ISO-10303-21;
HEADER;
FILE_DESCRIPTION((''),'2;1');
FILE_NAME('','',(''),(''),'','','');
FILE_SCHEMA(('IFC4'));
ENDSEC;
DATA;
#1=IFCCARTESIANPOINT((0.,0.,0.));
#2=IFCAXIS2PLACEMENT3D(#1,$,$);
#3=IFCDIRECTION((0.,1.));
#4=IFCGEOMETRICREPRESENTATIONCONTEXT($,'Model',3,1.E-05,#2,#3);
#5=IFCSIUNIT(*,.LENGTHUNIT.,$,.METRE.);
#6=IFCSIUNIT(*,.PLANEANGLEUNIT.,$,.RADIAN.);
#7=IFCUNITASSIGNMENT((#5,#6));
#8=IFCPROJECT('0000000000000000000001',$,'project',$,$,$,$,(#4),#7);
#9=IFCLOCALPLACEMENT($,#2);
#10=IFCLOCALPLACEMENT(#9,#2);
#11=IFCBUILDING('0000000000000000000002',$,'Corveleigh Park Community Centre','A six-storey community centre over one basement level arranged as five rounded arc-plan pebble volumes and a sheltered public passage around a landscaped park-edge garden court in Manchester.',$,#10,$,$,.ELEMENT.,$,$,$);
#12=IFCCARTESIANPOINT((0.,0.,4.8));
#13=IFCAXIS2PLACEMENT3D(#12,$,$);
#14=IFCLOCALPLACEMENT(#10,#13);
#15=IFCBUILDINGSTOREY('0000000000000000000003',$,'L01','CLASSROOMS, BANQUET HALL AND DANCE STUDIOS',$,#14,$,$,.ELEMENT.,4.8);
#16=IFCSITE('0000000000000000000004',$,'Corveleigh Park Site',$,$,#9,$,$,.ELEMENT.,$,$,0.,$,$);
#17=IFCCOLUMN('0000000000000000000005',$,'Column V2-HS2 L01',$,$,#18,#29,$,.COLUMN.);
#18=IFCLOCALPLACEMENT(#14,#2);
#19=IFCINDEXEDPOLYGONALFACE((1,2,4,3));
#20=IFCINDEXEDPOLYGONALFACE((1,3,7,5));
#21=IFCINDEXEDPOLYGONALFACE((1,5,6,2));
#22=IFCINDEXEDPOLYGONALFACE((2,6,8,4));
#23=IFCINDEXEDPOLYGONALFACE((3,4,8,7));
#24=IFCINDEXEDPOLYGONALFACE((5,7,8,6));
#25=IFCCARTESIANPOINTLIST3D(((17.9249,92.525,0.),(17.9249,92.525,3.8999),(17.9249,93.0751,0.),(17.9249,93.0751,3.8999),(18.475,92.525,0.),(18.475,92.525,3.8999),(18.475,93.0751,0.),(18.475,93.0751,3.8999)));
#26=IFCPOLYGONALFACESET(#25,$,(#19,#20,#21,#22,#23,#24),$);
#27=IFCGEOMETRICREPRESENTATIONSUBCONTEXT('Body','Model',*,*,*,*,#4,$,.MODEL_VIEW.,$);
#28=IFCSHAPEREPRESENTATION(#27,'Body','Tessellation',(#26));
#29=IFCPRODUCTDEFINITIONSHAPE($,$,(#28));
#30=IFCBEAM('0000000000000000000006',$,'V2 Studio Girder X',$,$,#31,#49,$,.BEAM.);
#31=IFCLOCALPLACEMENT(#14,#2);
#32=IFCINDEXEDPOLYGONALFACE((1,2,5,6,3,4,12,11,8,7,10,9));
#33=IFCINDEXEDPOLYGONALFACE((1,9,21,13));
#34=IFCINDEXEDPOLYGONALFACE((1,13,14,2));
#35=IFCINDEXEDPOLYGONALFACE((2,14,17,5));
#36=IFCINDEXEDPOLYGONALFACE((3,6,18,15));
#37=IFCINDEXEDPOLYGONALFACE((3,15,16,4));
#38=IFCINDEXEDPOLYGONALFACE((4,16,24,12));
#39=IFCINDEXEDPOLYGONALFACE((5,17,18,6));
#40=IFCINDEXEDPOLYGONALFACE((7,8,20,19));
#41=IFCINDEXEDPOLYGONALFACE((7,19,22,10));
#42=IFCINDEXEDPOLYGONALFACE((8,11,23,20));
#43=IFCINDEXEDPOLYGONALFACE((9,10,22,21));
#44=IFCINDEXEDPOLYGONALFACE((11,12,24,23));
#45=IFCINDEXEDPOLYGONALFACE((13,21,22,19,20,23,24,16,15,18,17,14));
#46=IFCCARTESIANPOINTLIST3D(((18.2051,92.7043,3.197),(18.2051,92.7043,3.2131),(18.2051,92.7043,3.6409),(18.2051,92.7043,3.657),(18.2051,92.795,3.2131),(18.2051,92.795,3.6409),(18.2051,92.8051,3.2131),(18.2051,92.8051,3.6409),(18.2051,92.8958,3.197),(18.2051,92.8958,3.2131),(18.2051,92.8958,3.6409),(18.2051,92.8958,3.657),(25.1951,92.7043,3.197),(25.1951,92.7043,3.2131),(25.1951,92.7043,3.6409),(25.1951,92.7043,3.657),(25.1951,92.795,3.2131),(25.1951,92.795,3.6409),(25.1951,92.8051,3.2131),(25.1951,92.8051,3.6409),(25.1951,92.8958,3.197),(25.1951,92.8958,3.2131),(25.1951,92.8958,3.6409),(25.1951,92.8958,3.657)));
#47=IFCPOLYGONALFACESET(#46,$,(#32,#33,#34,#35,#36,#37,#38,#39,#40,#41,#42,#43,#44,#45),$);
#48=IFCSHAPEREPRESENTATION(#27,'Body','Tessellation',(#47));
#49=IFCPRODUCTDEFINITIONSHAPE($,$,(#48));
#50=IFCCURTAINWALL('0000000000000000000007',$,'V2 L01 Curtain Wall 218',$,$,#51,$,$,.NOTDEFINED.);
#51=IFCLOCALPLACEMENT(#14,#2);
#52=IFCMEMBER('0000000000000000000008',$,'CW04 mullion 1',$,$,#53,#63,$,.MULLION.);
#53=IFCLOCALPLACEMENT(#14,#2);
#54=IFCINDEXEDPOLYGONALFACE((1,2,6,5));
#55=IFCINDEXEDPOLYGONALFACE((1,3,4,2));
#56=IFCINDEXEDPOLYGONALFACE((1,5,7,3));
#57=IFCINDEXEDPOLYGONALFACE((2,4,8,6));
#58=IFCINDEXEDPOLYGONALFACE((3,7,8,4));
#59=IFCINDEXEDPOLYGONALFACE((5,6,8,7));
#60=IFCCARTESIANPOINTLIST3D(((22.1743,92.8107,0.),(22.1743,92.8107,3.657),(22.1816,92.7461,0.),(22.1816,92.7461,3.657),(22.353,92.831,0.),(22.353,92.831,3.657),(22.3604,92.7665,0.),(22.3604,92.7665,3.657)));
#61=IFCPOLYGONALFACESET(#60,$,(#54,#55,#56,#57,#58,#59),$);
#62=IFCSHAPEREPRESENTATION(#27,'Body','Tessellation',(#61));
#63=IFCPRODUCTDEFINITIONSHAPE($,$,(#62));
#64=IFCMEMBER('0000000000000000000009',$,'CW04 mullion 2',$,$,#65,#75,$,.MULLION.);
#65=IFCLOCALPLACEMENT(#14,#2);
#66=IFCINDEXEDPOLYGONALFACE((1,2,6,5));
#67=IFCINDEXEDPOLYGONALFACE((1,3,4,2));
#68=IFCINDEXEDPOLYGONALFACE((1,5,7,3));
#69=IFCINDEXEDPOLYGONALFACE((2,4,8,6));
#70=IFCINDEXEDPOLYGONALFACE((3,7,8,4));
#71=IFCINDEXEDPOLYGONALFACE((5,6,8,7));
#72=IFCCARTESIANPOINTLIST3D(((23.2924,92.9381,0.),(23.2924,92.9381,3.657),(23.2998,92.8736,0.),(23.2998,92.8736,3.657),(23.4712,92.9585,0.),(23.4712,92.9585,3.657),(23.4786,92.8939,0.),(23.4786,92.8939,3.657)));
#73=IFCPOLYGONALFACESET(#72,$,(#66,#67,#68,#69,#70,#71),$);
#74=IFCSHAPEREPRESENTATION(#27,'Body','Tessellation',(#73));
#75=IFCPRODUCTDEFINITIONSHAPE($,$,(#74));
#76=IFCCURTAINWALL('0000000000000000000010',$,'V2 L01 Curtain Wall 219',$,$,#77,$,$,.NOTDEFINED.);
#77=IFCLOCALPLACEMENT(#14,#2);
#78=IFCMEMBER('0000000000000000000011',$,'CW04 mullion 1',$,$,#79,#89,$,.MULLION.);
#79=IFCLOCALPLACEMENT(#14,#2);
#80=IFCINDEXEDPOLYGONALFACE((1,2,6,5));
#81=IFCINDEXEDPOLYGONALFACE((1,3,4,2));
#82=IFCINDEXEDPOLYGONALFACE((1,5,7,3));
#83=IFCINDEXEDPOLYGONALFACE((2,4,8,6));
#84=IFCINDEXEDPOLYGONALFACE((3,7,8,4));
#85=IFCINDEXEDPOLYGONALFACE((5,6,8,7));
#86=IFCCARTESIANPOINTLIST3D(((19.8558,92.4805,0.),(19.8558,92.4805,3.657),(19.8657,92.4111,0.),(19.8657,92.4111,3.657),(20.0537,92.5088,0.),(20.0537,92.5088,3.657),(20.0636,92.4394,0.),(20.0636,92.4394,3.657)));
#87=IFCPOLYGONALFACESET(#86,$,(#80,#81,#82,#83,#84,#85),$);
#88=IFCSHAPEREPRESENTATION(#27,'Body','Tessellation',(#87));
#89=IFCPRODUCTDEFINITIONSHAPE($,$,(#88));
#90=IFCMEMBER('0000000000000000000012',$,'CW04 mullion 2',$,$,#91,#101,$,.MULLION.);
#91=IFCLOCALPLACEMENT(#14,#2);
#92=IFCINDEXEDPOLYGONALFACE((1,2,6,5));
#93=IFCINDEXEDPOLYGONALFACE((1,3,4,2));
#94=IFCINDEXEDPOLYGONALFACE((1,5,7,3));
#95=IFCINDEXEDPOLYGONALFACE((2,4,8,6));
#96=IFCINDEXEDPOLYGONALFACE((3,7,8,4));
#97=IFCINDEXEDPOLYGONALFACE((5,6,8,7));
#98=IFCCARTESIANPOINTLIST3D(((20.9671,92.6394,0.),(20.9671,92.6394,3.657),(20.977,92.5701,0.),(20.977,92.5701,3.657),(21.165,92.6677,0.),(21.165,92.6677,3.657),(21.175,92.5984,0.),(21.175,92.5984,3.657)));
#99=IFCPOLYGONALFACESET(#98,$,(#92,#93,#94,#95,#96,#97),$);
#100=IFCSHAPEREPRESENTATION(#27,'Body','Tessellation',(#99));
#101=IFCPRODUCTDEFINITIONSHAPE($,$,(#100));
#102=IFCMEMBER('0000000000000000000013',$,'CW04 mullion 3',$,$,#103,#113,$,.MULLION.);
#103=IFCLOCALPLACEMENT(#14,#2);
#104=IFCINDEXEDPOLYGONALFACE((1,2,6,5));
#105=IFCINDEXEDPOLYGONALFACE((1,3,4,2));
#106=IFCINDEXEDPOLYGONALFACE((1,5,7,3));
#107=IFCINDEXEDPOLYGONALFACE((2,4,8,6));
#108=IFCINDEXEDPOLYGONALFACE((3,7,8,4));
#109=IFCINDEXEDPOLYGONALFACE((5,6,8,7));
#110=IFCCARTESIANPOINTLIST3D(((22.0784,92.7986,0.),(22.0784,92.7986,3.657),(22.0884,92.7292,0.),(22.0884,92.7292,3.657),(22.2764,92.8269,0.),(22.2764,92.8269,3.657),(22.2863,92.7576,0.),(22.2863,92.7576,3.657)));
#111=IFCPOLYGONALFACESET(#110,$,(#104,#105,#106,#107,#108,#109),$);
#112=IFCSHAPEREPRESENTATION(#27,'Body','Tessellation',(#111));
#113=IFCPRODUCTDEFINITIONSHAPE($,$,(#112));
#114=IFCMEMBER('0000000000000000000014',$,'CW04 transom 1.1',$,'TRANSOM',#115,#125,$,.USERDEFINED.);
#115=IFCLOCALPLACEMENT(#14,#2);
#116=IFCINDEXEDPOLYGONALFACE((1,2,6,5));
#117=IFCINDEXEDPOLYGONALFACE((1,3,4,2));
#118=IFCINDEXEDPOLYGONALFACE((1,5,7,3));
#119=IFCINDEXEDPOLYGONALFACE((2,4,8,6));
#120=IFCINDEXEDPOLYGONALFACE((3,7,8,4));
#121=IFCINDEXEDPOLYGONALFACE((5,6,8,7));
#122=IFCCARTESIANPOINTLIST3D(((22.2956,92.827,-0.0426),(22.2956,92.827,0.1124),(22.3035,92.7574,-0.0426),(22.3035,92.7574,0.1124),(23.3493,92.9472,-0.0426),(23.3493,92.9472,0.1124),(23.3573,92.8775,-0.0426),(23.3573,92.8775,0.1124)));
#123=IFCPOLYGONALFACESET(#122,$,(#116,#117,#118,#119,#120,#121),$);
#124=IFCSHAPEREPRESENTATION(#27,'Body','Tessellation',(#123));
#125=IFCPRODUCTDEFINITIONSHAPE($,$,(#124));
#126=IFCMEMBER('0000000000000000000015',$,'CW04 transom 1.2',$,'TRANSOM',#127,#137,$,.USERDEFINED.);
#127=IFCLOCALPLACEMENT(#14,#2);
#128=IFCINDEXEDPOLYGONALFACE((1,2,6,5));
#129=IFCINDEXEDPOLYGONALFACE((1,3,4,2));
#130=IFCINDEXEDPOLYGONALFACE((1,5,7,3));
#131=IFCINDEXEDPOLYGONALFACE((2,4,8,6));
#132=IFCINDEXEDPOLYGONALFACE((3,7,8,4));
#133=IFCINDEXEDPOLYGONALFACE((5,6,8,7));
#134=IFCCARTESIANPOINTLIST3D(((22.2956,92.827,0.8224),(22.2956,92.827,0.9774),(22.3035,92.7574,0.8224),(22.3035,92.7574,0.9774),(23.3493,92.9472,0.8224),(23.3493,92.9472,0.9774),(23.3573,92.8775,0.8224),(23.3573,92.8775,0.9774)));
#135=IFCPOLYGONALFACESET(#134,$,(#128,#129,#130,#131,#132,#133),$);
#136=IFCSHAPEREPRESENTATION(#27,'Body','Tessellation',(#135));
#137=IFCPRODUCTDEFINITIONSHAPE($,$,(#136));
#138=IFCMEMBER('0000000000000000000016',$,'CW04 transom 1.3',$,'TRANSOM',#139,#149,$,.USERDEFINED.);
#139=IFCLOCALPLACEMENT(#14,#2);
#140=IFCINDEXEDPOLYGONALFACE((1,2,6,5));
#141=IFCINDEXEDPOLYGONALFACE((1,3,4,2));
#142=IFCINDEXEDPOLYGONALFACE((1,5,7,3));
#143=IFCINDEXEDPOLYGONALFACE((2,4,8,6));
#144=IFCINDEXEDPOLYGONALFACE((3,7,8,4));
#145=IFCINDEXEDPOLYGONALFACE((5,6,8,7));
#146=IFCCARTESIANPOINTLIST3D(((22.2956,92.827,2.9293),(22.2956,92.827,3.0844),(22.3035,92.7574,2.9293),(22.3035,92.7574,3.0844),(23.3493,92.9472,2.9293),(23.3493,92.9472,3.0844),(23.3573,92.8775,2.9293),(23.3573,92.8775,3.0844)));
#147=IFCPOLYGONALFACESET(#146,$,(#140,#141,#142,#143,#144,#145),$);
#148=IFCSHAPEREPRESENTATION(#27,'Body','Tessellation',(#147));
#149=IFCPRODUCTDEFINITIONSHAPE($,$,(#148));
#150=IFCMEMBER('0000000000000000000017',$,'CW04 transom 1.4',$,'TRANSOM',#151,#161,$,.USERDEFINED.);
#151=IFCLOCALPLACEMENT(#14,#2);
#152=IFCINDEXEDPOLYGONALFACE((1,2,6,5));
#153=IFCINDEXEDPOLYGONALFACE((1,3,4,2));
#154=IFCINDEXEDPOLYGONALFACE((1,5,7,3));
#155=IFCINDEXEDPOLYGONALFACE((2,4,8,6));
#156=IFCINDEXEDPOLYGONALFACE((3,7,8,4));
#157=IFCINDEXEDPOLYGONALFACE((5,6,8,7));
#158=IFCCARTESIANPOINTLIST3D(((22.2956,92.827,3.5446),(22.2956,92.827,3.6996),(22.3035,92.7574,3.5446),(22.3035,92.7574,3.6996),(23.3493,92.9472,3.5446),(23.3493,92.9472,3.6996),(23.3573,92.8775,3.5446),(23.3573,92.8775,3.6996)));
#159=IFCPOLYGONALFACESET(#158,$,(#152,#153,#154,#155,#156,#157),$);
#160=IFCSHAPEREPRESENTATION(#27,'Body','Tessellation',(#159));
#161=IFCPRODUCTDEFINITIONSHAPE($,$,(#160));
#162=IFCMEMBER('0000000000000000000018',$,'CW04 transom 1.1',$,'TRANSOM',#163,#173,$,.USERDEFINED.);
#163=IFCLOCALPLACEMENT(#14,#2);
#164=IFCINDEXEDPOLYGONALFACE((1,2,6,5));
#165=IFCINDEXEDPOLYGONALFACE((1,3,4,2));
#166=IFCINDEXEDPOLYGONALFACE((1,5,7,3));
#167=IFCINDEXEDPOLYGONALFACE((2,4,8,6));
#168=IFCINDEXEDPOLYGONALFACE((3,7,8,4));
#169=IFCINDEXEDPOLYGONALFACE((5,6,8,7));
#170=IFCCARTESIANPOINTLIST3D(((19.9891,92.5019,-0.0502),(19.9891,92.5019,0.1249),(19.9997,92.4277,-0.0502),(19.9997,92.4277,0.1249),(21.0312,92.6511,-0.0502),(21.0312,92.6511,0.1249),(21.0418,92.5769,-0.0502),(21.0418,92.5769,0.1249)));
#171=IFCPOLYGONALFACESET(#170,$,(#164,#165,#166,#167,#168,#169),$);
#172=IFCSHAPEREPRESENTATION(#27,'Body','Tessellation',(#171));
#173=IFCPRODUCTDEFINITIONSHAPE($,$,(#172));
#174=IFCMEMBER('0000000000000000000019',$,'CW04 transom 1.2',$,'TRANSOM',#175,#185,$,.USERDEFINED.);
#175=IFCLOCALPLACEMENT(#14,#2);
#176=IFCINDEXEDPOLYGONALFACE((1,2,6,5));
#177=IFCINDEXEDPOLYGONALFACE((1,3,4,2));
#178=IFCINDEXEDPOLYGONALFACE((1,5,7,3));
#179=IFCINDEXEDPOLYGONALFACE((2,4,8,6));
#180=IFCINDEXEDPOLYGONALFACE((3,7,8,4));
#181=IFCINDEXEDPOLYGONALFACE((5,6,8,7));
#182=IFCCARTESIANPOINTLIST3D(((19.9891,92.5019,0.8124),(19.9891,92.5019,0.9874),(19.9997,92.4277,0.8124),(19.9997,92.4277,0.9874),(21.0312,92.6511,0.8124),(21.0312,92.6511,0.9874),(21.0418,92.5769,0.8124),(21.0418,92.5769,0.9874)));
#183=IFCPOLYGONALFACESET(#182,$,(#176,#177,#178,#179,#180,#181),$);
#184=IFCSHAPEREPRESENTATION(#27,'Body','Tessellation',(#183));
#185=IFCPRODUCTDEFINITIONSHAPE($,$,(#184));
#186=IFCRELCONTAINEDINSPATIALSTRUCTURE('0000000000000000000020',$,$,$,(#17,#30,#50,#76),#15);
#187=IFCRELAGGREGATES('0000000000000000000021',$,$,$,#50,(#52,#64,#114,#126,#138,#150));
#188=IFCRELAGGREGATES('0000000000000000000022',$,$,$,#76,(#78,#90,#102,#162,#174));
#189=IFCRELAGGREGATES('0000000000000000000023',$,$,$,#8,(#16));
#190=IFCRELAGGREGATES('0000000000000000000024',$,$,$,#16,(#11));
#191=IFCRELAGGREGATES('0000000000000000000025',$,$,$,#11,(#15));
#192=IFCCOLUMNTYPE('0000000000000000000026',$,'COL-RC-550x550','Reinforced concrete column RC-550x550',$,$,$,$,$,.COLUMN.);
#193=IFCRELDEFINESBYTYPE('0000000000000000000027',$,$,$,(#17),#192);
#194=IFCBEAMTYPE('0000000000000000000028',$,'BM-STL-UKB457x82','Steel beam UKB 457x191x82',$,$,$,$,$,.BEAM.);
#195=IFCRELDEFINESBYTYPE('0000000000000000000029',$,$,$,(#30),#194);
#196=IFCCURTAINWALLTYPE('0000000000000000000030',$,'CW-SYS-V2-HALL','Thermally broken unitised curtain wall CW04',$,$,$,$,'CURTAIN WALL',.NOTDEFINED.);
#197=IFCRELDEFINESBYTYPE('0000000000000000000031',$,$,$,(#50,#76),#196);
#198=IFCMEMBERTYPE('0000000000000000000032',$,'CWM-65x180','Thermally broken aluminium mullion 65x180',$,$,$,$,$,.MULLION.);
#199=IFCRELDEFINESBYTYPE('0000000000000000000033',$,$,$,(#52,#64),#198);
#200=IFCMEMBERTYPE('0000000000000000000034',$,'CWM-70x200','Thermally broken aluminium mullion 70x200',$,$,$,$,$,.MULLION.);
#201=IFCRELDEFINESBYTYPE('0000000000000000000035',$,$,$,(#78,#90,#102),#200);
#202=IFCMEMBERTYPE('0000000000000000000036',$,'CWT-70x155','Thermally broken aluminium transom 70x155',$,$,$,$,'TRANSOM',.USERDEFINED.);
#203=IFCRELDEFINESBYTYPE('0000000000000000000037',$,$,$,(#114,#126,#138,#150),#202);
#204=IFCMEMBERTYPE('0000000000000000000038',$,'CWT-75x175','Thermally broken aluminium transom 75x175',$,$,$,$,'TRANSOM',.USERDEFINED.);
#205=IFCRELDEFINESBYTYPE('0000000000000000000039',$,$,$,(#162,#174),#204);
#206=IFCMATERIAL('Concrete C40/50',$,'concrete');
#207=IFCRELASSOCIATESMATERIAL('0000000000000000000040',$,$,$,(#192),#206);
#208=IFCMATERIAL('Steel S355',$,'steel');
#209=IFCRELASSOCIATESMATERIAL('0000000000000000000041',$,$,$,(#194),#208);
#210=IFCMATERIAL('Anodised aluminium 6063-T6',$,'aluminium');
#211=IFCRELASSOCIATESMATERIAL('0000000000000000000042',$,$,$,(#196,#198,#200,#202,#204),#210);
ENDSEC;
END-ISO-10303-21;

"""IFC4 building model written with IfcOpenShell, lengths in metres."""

from ifc_helpers import new_model, si_unit, direction, frame, origin, origin_2d, place, context, subcontext, project, spatial, rectangle, i_section, extrude, material, material_profile, profile_set, type_object, element, aggregate, save


model = new_model("IFC4")

# Units and contexts
model_context = context("Model", 3, precision=1e-05, world=origin(), true_north=direction((0.0, 1.0)))
body_context = subcontext(model_context, "Body", "Model", "MODEL_VIEW")
ifc_project = project(units=[si_unit("LENGTHUNIT", "METRE"), si_unit("PLANEANGLEUNIT", "RADIAN")], contexts=[model_context])

# Site, building, storey
site_placement = place(None, origin())
site = spatial("IfcSite", under=ifc_project, at=site_placement, Name="Corveleigh Park Site", CompositionType="ELEMENT", RefElevation=0.0)
building_placement = place(site_placement, origin())
building = spatial("IfcBuilding", under=site, at=building_placement, Name="Corveleigh Park Community Centre", Description="A six-storey community centre over one basement level arranged as five rounded arc-plan pebble volumes and a sheltered public passage around a landscaped park-edge garden court in Manchester.", CompositionType="ELEMENT")
storey_placement = place(building_placement, frame((0.0, 0.0, 4.8)))
storey = spatial("IfcBuildingStorey", under=building, at=storey_placement, Name="L01", Description="CLASSROOMS, BANQUET HALL AND DANCE STUDIOS", CompositionType="ELEMENT", Elevation=4.8)

# Column
ifc_material_1 = material(Name="Concrete C40/50", Category="concrete")
ifc_material_profile_1 = material_profile(ifc_material_1, rectangle(XDim=0.55, YDim=0.55, at=origin_2d()), Name="RC-550x550", Category="concrete")
ifc_profile_set_1 = profile_set([ifc_material_profile_1], Name="Concrete C40/50")
column_type = type_object("IfcColumnType", Name="COL-RC-550x550", Description="Reinforced concrete column RC-550x550", PredefinedType="COLUMN", material=ifc_profile_set_1)
column_placement = place(storey_placement, frame((18.2, 92.8, 0.0), z_axis=(0.0, 0.0, 1.0), x_axis=(1.0, 0.0, 0.0)))
element("IfcColumn", 1, at=column_placement, inside=storey, type_object=column_type, Name="Column V2-HS2 L01", PredefinedType="COLUMN", context=body_context, shape_type="SweptSolid", body=[
    extrude(rectangle(XDim=0.55, YDim=0.55, at=origin_2d()), origin(), (0.0, 0.0, 1.0), 3.8999),
])

# Beam
ifc_material_2 = material(Name="Steel S355", Category="steel")
ifc_material_profile_2 = material_profile(ifc_material_2, i_section(OverallWidth=0.1914, OverallDepth=0.46, WebThickness=0.01, FlangeThickness=0.0161, at=origin_2d()), Name="UKB 457x191x82", Category="steel")
ifc_profile_set_2 = profile_set([ifc_material_profile_2], Name="Steel S355")
beam_type = type_object("IfcBeamType", Name="BM-STL-UKB457x82", Description="Steel beam UKB 457x191x82", PredefinedType="BEAM", material=ifc_profile_set_2)
beam_placement = place(storey_placement, frame((18.2051, 92.8, 3.427), z_axis=(1.0, 0.0, 0.0), x_axis=(0.0, 1.0, 0.0)))
element("IfcBeam", 2, at=beam_placement, inside=storey, type_object=beam_type, Name="V2 Studio Girder X", PredefinedType="BEAM", context=body_context, shape_type="SweptSolid", body=[
    extrude(i_section(OverallWidth=0.1914, OverallDepth=0.46, WebThickness=0.01, FlangeThickness=0.0161, at=origin_2d()), origin(), (0.0, 0.0, 1.0), 6.99),
])

# Curtain walls, members
ifc_material_3 = material(Name="Anodised aluminium 6063-T6", Category="aluminium")
curtain_wall_type = type_object("IfcCurtainWallType", Name="CW-SYS-V2-HALL", Description="Thermally broken unitised curtain wall CW04", ElementType="CURTAIN WALL", PredefinedType="NOTDEFINED", material=ifc_material_3)
curtain_wall_1_placement = place(storey_placement, origin())
curtain_wall_1 = element("IfcCurtainWall", 3, at=curtain_wall_1_placement, inside=storey, type_object=curtain_wall_type, Name="V2 L01 Curtain Wall 218", PredefinedType="NOTDEFINED")
ifc_material_profile_3 = material_profile(ifc_material_3, rectangle(XDim=0.0649, YDim=0.1799, at=origin_2d()), Name="ALU-M65x180", Category="aluminium")
ifc_profile_set_3 = profile_set([ifc_material_profile_3], Name="Anodised aluminium 6063-T6")
member_type_1 = type_object("IfcMemberType", Name="CWM-65x180", Description="Thermally broken aluminium mullion 65x180", PredefinedType="MULLION", material=ifc_profile_set_3)
member_1_placement = place(storey_placement, frame((22.2673, 92.7886, 0.0), z_axis=(0.0, 0.0, 1.0), x_axis=(-0.113133, 0.99358, 0.0)))
member_1 = element("IfcMember", 4, at=member_1_placement, type_object=member_type_1, Name="CW04 mullion 1", PredefinedType="MULLION", context=body_context, shape_type="SweptSolid", body=[
    extrude(rectangle(XDim=0.0649, YDim=0.1799, at=origin_2d()), origin(), (0.0, 0.0, 1.0), 3.657),
])
member_2_placement = place(storey_placement, frame((23.3855, 92.916, 0.0), z_axis=(0.0, 0.0, 1.0), x_axis=(-0.113133, 0.99358, 0.0)))
member_2 = element("IfcMember", 5, at=member_2_placement, type_object=member_type_1, Name="CW04 mullion 2", PredefinedType="MULLION", context=body_context, shape_type="SweptSolid", body=[
    extrude(rectangle(XDim=0.0649, YDim=0.1799, at=origin_2d()), origin(), (0.0, 0.0, 1.0), 3.657),
])
curtain_wall_2_placement = place(storey_placement, origin())
curtain_wall_2 = element("IfcCurtainWall", 6, at=curtain_wall_2_placement, inside=storey, type_object=curtain_wall_type, Name="V2 L01 Curtain Wall 219", PredefinedType="NOTDEFINED")
ifc_material_profile_4 = material_profile(ifc_material_3, rectangle(XDim=0.0701, YDim=0.2, at=origin_2d()), Name="ALU-M70x200", Category="aluminium")
ifc_profile_set_4 = profile_set([ifc_material_profile_4], Name="Anodised aluminium 6063-T6")
member_type_2 = type_object("IfcMemberType", Name="CWM-70x200", Description="Thermally broken aluminium mullion 70x200", PredefinedType="MULLION", material=ifc_profile_set_4)
member_3_placement = place(storey_placement, frame((19.9597, 92.46, 0.0), z_axis=(0.0, 0.0, 1.0), x_axis=(-0.141663, 0.989915, 0.0)))
member_3 = element("IfcMember", 7, at=member_3_placement, type_object=member_type_2, Name="CW04 mullion 1", PredefinedType="MULLION", context=body_context, shape_type="SweptSolid", body=[
    extrude(rectangle(XDim=0.0701, YDim=0.2, at=origin_2d()), origin(), (0.0, 0.0, 1.0), 3.657),
])
member_4_placement = place(storey_placement, frame((21.071, 92.6189, 0.0), z_axis=(0.0, 0.0, 1.0), x_axis=(-0.141663, 0.989915, 0.0)))
member_4 = element("IfcMember", 8, at=member_4_placement, type_object=member_type_2, Name="CW04 mullion 2", PredefinedType="MULLION", context=body_context, shape_type="SweptSolid", body=[
    extrude(rectangle(XDim=0.0701, YDim=0.2, at=origin_2d()), origin(), (0.0, 0.0, 1.0), 3.657),
])
member_5_placement = place(storey_placement, frame((22.1824, 92.7781, 0.0), z_axis=(0.0, 0.0, 1.0), x_axis=(-0.141663, 0.989915, 0.0)))
member_5 = element("IfcMember", 9, at=member_5_placement, type_object=member_type_2, Name="CW04 mullion 3", PredefinedType="MULLION", context=body_context, shape_type="SweptSolid", body=[
    extrude(rectangle(XDim=0.0701, YDim=0.2, at=origin_2d()), origin(), (0.0, 0.0, 1.0), 3.657),
])

# Members
ifc_material_profile_5 = material_profile(ifc_material_3, rectangle(XDim=0.0701, YDim=0.155, at=origin_2d()), Name="ALU-T70x155", Category="aluminium")
ifc_profile_set_5 = profile_set([ifc_material_profile_5], Name="Anodised aluminium 6063-T6")
member_type_3 = type_object("IfcMemberType", Name="CWT-70x155", Description="Thermally broken aluminium transom 70x155", ElementType="TRANSOM", PredefinedType="USERDEFINED", material=ifc_profile_set_5)
member_6_placement = place(storey_placement, frame((22.2996, 92.7922, 0.0349), z_axis=(0.993565, 0.113261, 0.0), x_axis=(-0.113261, 0.993565, 0.0)))
member_6 = element("IfcMember", 10, at=member_6_placement, type_object=member_type_3, Name="CW04 transom 1.1", ObjectType="TRANSOM", PredefinedType="USERDEFINED", context=body_context, shape_type="SweptSolid", body=[
    extrude(rectangle(XDim=0.0701, YDim=0.155, at=origin_2d()), origin(), (0.0, 0.0, 1.0), 1.0605),
])
member_7_placement = place(storey_placement, frame((22.2996, 92.7922, 0.8999), z_axis=(0.993565, 0.113261, 0.0), x_axis=(-0.113261, 0.993565, 0.0)))
member_7 = element("IfcMember", 11, at=member_7_placement, type_object=member_type_3, Name="CW04 transom 1.2", ObjectType="TRANSOM", PredefinedType="USERDEFINED", context=body_context, shape_type="SweptSolid", body=[
    extrude(rectangle(XDim=0.0701, YDim=0.155, at=origin_2d()), origin(), (0.0, 0.0, 1.0), 1.0605),
])
member_8_placement = place(storey_placement, frame((22.2996, 92.7922, 3.0068), z_axis=(0.993565, 0.113261, 0.0), x_axis=(-0.113261, 0.993565, 0.0)))
member_8 = element("IfcMember", 12, at=member_8_placement, type_object=member_type_3, Name="CW04 transom 1.3", ObjectType="TRANSOM", PredefinedType="USERDEFINED", context=body_context, shape_type="SweptSolid", body=[
    extrude(rectangle(XDim=0.0701, YDim=0.155, at=origin_2d()), origin(), (0.0, 0.0, 1.0), 1.0605),
])
member_9_placement = place(storey_placement, frame((22.2996, 92.7922, 3.6221), z_axis=(0.993565, 0.113261, 0.0), x_axis=(-0.113261, 0.993565, 0.0)))
member_9 = element("IfcMember", 13, at=member_9_placement, type_object=member_type_3, Name="CW04 transom 1.4", ObjectType="TRANSOM", PredefinedType="USERDEFINED", context=body_context, shape_type="SweptSolid", body=[
    extrude(rectangle(XDim=0.0701, YDim=0.155, at=origin_2d()), origin(), (0.0, 0.0, 1.0), 1.0605),
])
ifc_material_profile_6 = material_profile(ifc_material_3, rectangle(XDim=0.075, YDim=0.175, at=origin_2d()), Name="ALU-T75x175", Category="aluminium")
ifc_profile_set_6 = profile_set([ifc_material_profile_6], Name="Anodised aluminium 6063-T6")
member_type_4 = type_object("IfcMemberType", Name="CWT-75x175", Description="Thermally broken aluminium transom 75x175", ElementType="TRANSOM", PredefinedType="USERDEFINED", material=ifc_profile_set_6)
member_10_placement = place(storey_placement, frame((19.9944, 92.4648, 0.0374), z_axis=(0.989908, 0.141714, 0.0), x_axis=(-0.141714, 0.989908, 0.0)))
member_10 = element("IfcMember", 14, at=member_10_placement, type_object=member_type_4, Name="CW04 transom 1.1", ObjectType="TRANSOM", PredefinedType="USERDEFINED", context=body_context, shape_type="SweptSolid", body=[
    extrude(rectangle(XDim=0.075, YDim=0.175, at=origin_2d()), origin(), (0.0, 0.0, 1.0), 1.0527),
])
member_11_placement = place(storey_placement, frame((19.9944, 92.4648, 0.8999), z_axis=(0.989908, 0.141714, 0.0), x_axis=(-0.141714, 0.989908, 0.0)))
member_11 = element("IfcMember", 15, at=member_11_placement, type_object=member_type_4, Name="CW04 transom 1.2", ObjectType="TRANSOM", PredefinedType="USERDEFINED", context=body_context, shape_type="SweptSolid", body=[
    extrude(rectangle(XDim=0.075, YDim=0.175, at=origin_2d()), origin(), (0.0, 0.0, 1.0), 1.0527),
])

aggregate(curtain_wall_1, [member_1, member_2, member_6, member_7, member_8, member_9])
aggregate(curtain_wall_2, [member_3, member_4, member_5, member_10, member_11])

save(model, "model.ifc")
